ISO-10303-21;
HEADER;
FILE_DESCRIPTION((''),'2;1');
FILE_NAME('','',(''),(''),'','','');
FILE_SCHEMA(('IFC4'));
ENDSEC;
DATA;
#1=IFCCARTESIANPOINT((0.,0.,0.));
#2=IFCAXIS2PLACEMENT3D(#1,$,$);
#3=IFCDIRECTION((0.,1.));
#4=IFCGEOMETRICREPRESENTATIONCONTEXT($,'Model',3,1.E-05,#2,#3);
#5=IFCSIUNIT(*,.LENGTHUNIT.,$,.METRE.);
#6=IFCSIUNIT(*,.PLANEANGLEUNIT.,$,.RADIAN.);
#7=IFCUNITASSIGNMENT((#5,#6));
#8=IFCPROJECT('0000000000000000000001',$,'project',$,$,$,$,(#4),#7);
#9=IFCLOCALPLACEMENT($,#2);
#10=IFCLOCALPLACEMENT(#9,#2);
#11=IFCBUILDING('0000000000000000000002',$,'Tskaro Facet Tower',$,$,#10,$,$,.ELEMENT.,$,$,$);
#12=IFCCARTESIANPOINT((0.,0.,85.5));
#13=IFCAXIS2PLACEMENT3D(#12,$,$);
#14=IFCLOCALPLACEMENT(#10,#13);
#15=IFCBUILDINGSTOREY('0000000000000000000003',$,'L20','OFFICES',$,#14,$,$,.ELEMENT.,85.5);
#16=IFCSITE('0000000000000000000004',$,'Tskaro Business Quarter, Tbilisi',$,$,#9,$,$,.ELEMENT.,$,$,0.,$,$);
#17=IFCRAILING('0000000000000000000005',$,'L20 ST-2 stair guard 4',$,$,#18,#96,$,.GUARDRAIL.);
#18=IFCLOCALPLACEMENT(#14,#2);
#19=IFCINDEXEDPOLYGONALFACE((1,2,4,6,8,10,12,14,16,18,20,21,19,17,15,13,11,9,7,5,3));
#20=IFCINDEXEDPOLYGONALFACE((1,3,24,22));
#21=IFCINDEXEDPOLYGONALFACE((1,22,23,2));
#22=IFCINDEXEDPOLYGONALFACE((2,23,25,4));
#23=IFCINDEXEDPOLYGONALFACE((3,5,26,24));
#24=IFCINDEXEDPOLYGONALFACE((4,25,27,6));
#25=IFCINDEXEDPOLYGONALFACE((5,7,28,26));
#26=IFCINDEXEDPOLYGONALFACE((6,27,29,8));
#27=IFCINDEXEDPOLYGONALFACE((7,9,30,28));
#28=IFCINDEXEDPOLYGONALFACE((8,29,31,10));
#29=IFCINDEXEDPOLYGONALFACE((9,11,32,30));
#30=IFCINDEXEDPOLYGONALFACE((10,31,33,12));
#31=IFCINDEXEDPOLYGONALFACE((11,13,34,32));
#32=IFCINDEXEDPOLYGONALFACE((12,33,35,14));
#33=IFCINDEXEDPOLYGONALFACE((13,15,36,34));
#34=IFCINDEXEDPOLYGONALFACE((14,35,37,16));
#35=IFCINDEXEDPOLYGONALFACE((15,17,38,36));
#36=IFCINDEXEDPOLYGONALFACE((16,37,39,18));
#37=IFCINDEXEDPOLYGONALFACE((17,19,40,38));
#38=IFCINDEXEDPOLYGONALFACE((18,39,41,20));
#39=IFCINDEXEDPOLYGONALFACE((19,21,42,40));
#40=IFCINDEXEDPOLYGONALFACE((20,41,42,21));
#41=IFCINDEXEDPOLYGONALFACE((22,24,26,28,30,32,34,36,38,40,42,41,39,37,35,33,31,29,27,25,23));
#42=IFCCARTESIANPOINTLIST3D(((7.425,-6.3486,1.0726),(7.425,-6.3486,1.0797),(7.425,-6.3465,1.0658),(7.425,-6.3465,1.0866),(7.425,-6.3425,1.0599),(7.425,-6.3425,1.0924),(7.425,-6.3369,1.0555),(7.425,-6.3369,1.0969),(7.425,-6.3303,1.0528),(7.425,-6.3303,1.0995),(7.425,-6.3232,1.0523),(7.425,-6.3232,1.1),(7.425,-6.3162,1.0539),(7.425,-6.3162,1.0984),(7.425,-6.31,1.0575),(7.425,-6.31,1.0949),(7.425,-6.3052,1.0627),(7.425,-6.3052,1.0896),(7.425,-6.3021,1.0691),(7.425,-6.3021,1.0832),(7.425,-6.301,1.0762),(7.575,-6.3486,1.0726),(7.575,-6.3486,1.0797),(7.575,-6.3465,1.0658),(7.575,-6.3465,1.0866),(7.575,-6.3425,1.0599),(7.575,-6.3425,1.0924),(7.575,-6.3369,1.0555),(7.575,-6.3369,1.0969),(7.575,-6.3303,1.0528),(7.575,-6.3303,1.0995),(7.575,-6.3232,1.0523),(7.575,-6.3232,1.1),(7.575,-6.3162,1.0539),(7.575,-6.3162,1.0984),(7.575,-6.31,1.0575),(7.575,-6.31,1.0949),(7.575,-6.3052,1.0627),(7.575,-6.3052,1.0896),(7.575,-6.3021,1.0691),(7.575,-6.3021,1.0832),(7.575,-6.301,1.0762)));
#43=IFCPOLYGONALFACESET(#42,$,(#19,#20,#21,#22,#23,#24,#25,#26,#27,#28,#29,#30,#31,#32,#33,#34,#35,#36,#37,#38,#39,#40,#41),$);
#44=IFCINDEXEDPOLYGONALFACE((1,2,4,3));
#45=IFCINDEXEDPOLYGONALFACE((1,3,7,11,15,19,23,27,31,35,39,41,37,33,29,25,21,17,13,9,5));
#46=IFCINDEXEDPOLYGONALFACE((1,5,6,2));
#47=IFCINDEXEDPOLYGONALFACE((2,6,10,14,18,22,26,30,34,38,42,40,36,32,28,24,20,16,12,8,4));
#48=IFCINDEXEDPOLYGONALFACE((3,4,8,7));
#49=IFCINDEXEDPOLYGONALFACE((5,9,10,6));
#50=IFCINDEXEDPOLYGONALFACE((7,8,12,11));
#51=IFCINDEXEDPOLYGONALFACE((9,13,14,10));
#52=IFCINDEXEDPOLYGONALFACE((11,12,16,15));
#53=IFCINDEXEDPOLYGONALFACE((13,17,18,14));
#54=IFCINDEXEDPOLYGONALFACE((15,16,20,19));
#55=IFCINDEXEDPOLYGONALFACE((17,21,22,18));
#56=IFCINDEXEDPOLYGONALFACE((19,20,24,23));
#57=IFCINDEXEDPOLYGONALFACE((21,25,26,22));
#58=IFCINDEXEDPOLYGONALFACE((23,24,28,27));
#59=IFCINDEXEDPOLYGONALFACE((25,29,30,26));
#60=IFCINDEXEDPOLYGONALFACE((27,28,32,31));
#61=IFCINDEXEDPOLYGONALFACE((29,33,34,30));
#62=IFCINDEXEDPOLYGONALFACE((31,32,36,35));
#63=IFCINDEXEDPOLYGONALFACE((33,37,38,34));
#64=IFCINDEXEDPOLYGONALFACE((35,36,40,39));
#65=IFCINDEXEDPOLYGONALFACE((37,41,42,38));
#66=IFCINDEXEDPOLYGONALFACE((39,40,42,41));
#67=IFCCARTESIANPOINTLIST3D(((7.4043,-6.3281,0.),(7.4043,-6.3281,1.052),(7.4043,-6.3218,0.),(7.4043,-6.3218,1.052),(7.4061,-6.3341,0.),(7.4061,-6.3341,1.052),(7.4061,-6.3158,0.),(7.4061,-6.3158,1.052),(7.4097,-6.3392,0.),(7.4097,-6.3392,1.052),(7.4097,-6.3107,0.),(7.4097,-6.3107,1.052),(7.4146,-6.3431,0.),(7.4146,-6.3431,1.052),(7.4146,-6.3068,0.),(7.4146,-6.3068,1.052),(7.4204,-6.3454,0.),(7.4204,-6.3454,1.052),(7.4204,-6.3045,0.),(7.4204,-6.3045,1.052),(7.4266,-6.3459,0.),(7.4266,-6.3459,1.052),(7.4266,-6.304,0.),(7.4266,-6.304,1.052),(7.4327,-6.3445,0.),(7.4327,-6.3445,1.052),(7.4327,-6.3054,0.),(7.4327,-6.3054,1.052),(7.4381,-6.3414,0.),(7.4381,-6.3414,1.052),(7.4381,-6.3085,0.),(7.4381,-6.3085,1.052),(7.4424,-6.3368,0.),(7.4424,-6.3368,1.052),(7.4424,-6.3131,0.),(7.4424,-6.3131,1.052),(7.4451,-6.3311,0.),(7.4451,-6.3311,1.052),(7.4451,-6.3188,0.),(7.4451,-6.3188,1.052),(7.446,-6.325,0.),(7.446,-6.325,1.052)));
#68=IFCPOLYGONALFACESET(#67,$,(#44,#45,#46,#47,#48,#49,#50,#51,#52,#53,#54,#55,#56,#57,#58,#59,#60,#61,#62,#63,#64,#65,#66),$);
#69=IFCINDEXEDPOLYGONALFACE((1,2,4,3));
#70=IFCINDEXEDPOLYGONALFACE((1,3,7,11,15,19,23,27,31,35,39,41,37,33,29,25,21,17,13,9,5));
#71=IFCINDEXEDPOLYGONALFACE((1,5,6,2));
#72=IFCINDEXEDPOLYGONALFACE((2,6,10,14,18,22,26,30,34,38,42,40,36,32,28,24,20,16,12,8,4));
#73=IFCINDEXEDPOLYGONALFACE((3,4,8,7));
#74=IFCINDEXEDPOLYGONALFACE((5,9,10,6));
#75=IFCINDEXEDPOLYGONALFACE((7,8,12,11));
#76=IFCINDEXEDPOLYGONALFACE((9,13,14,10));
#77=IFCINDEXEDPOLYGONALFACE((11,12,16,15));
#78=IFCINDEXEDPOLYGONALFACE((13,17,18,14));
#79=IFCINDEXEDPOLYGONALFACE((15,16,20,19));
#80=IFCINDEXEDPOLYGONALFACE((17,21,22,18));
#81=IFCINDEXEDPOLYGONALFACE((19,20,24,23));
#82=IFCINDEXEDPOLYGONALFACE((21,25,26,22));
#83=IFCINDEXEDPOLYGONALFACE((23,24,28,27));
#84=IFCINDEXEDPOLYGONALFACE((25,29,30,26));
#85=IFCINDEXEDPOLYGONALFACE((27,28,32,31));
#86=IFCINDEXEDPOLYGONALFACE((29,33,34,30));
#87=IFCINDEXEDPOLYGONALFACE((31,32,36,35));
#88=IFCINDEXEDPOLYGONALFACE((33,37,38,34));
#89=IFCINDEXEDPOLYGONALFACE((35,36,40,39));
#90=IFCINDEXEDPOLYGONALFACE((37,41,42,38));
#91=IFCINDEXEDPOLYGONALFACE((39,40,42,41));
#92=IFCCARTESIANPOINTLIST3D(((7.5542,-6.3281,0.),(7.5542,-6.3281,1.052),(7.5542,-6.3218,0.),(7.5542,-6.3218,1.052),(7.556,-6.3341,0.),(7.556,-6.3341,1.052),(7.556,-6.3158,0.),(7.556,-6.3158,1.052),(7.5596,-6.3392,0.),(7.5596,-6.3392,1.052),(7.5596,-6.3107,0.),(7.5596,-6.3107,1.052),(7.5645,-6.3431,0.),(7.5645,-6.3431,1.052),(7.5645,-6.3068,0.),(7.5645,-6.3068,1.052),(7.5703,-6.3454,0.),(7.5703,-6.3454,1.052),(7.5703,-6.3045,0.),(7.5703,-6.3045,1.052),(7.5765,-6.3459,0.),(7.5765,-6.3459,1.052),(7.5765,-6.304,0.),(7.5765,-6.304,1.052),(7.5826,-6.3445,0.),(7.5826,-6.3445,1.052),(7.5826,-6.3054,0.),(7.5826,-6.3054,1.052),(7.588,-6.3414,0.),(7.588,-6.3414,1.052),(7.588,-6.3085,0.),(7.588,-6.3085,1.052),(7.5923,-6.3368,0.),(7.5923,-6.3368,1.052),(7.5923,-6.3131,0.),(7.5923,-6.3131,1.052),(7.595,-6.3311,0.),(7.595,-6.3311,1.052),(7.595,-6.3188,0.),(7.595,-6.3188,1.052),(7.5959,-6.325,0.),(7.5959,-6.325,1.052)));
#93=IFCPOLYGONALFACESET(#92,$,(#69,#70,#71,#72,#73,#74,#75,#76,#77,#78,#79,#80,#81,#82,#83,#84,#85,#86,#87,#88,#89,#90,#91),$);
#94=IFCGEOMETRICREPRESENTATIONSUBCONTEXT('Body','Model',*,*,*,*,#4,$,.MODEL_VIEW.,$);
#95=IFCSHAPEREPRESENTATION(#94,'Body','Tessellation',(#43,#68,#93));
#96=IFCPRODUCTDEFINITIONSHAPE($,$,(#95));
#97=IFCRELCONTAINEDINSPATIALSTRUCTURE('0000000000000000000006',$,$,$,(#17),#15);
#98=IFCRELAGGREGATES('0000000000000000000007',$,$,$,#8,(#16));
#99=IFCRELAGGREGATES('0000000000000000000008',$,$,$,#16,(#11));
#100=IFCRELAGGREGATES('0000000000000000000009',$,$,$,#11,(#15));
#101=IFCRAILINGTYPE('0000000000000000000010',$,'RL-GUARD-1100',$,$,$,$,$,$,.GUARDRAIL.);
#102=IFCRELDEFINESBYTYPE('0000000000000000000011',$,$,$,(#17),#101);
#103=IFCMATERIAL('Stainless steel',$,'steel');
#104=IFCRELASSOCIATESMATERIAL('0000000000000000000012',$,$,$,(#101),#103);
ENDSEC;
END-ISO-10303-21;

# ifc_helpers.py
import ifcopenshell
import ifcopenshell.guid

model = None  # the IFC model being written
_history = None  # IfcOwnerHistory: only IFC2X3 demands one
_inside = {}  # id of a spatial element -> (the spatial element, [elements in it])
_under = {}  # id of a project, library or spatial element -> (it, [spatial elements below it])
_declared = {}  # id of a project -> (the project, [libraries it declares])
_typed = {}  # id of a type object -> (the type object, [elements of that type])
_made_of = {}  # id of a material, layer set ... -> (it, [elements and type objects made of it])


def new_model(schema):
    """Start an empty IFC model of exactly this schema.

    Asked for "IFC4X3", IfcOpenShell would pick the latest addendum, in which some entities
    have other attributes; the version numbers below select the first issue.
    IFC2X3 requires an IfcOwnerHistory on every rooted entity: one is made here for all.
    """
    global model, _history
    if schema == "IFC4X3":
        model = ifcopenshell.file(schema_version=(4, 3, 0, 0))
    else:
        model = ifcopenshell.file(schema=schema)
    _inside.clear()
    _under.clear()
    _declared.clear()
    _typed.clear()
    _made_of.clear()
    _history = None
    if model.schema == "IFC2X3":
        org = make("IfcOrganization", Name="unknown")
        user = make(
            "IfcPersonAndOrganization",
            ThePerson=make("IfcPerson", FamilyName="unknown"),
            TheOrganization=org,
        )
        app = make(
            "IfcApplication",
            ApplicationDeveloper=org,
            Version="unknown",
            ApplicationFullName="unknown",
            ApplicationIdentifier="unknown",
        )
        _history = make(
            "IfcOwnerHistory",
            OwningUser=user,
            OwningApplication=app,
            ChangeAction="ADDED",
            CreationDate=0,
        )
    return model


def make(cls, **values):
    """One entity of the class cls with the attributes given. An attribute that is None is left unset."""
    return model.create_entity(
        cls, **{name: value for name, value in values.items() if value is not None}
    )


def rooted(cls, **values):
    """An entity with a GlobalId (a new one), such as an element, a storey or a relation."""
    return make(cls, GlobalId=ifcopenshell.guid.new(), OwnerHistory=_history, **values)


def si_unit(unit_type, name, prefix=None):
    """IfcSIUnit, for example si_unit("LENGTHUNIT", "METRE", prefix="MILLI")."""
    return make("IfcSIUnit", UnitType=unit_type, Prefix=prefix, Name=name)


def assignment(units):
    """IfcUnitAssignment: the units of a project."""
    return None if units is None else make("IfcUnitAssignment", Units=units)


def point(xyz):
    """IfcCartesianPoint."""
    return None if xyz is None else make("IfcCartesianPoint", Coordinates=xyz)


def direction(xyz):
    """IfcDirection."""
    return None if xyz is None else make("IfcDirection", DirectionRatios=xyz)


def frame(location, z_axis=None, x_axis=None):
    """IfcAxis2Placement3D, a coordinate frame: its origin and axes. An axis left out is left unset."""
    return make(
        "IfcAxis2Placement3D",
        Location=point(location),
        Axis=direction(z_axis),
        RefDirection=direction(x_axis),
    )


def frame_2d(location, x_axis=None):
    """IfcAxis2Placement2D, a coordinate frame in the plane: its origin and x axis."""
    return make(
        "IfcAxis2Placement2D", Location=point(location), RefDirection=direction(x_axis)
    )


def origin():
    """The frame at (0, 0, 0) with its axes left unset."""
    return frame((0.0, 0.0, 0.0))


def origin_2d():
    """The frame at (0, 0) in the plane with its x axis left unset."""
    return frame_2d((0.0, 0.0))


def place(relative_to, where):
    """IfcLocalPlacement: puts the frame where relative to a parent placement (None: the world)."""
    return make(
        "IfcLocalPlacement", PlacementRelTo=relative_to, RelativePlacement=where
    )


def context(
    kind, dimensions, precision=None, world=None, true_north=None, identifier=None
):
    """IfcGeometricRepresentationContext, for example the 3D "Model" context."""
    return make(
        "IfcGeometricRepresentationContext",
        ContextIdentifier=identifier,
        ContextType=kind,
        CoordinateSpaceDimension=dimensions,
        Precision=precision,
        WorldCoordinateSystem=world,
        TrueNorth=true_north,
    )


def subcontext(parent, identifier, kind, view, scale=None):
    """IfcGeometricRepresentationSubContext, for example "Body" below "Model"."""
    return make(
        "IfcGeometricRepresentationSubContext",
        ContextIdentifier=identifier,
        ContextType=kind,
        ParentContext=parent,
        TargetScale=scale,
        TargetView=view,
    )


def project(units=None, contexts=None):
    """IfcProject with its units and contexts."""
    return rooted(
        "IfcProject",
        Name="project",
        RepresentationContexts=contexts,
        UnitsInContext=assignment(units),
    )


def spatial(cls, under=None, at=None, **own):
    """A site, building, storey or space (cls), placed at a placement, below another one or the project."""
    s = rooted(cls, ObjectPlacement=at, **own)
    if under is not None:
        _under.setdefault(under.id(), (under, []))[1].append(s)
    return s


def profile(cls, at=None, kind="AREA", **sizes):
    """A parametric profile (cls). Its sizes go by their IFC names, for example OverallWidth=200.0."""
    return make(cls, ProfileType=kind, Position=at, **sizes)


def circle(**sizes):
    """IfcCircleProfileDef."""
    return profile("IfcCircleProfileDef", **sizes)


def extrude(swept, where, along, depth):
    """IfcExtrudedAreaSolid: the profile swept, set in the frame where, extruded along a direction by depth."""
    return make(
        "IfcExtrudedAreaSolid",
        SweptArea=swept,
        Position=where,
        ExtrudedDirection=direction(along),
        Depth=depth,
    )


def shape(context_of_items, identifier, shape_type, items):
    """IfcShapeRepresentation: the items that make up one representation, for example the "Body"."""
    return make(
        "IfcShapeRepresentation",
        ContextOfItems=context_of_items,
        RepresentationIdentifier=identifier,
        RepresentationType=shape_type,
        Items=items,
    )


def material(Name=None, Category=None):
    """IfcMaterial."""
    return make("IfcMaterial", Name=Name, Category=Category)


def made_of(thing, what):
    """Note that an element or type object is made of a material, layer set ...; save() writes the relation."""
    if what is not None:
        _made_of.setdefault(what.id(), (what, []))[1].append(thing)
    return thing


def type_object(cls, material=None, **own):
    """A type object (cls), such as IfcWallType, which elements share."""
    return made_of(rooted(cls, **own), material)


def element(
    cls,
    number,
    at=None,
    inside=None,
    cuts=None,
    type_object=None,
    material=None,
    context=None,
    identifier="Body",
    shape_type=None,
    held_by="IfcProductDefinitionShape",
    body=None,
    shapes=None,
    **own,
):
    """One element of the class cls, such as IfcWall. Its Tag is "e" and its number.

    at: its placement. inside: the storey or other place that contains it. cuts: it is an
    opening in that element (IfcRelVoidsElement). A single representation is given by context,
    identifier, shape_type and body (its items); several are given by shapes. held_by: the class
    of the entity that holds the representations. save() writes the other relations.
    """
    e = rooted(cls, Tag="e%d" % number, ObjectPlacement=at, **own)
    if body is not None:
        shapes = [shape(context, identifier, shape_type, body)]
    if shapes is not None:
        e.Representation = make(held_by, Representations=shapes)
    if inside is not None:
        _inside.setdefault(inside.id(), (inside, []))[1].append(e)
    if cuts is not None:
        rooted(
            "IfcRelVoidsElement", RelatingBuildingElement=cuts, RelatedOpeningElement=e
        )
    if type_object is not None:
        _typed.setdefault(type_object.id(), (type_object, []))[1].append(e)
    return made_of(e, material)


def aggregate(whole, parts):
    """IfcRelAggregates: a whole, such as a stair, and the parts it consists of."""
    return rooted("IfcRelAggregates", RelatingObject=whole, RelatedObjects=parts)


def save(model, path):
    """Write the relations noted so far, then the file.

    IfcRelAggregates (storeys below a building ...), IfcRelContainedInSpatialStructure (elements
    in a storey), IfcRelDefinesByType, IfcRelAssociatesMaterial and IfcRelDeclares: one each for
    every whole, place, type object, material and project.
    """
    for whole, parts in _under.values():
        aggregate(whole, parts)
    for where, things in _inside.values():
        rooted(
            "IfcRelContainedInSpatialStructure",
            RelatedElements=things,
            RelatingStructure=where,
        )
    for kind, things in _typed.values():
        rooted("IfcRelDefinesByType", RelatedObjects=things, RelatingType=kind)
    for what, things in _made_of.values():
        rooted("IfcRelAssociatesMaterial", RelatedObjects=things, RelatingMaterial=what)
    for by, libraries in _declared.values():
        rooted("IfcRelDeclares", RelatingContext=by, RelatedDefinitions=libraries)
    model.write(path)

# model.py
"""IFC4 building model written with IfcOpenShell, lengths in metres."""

from ifc_helpers import new_model, si_unit, direction, frame, origin, origin_2d, place, context, subcontext, project, spatial, circle, extrude, material, type_object, element, save


model = new_model("IFC4")

# Units and contexts
model_context = context("Model", 3, precision=1e-05, world=origin(), true_north=direction((0.0, 1.0)))
body_context = subcontext(model_context, "Body", "Model", "MODEL_VIEW")
ifc_project = project(units=[si_unit("LENGTHUNIT", "METRE"), si_unit("PLANEANGLEUNIT", "RADIAN")], contexts=[model_context])

# Site, building, storey
site_placement = place(None, origin())
site = spatial("IfcSite", under=ifc_project, at=site_placement, Name="Tskaro Business Quarter, Tbilisi", CompositionType="ELEMENT", RefElevation=0.0)
building_placement = place(site_placement, origin())
building = spatial("IfcBuilding", under=site, at=building_placement, Name="Tskaro Facet Tower", CompositionType="ELEMENT")
storey_placement = place(building_placement, frame((0.0, 0.0, 85.5)))
storey = spatial("IfcBuildingStorey", under=building, at=storey_placement, Name="L20", Description="OFFICES", CompositionType="ELEMENT", Elevation=85.5)

# Railing
ifc_material_1 = material(Name="Stainless steel", Category="steel")
railing_type_1 = type_object("IfcRailingType", Name="RL-GUARD-1100", PredefinedType="GUARDRAIL", material=ifc_material_1)
railing_1_placement = place(storey_placement, frame((7.425, -6.325, 0.0)))
element("IfcRailing", 1, at=railing_1_placement, inside=storey, type_object=railing_type_1, Name="L20 ST-2 stair guard 4", PredefinedType="GUARDRAIL", context=body_context, shape_type="SweptSolid", body=[
    extrude(circle(Radius=0.0239, at=origin_2d()), frame((0.0, 0.0, 1.0762), z_axis=(1.0, 0.0, 0.0), x_axis=(0.0, 1.0, 0.0)), (0.0, 0.0, 1.0), 0.1499),
    extrude(circle(Radius=0.021, at=origin_2d()), origin(), (0.0, 0.0, 1.0), 1.052),
    extrude(circle(Radius=0.021, at=origin_2d()), frame((0.1499, 0.0, 0.0)), (0.0, 0.0, 1.0), 1.052),
])

save(model, "model.ifc")
